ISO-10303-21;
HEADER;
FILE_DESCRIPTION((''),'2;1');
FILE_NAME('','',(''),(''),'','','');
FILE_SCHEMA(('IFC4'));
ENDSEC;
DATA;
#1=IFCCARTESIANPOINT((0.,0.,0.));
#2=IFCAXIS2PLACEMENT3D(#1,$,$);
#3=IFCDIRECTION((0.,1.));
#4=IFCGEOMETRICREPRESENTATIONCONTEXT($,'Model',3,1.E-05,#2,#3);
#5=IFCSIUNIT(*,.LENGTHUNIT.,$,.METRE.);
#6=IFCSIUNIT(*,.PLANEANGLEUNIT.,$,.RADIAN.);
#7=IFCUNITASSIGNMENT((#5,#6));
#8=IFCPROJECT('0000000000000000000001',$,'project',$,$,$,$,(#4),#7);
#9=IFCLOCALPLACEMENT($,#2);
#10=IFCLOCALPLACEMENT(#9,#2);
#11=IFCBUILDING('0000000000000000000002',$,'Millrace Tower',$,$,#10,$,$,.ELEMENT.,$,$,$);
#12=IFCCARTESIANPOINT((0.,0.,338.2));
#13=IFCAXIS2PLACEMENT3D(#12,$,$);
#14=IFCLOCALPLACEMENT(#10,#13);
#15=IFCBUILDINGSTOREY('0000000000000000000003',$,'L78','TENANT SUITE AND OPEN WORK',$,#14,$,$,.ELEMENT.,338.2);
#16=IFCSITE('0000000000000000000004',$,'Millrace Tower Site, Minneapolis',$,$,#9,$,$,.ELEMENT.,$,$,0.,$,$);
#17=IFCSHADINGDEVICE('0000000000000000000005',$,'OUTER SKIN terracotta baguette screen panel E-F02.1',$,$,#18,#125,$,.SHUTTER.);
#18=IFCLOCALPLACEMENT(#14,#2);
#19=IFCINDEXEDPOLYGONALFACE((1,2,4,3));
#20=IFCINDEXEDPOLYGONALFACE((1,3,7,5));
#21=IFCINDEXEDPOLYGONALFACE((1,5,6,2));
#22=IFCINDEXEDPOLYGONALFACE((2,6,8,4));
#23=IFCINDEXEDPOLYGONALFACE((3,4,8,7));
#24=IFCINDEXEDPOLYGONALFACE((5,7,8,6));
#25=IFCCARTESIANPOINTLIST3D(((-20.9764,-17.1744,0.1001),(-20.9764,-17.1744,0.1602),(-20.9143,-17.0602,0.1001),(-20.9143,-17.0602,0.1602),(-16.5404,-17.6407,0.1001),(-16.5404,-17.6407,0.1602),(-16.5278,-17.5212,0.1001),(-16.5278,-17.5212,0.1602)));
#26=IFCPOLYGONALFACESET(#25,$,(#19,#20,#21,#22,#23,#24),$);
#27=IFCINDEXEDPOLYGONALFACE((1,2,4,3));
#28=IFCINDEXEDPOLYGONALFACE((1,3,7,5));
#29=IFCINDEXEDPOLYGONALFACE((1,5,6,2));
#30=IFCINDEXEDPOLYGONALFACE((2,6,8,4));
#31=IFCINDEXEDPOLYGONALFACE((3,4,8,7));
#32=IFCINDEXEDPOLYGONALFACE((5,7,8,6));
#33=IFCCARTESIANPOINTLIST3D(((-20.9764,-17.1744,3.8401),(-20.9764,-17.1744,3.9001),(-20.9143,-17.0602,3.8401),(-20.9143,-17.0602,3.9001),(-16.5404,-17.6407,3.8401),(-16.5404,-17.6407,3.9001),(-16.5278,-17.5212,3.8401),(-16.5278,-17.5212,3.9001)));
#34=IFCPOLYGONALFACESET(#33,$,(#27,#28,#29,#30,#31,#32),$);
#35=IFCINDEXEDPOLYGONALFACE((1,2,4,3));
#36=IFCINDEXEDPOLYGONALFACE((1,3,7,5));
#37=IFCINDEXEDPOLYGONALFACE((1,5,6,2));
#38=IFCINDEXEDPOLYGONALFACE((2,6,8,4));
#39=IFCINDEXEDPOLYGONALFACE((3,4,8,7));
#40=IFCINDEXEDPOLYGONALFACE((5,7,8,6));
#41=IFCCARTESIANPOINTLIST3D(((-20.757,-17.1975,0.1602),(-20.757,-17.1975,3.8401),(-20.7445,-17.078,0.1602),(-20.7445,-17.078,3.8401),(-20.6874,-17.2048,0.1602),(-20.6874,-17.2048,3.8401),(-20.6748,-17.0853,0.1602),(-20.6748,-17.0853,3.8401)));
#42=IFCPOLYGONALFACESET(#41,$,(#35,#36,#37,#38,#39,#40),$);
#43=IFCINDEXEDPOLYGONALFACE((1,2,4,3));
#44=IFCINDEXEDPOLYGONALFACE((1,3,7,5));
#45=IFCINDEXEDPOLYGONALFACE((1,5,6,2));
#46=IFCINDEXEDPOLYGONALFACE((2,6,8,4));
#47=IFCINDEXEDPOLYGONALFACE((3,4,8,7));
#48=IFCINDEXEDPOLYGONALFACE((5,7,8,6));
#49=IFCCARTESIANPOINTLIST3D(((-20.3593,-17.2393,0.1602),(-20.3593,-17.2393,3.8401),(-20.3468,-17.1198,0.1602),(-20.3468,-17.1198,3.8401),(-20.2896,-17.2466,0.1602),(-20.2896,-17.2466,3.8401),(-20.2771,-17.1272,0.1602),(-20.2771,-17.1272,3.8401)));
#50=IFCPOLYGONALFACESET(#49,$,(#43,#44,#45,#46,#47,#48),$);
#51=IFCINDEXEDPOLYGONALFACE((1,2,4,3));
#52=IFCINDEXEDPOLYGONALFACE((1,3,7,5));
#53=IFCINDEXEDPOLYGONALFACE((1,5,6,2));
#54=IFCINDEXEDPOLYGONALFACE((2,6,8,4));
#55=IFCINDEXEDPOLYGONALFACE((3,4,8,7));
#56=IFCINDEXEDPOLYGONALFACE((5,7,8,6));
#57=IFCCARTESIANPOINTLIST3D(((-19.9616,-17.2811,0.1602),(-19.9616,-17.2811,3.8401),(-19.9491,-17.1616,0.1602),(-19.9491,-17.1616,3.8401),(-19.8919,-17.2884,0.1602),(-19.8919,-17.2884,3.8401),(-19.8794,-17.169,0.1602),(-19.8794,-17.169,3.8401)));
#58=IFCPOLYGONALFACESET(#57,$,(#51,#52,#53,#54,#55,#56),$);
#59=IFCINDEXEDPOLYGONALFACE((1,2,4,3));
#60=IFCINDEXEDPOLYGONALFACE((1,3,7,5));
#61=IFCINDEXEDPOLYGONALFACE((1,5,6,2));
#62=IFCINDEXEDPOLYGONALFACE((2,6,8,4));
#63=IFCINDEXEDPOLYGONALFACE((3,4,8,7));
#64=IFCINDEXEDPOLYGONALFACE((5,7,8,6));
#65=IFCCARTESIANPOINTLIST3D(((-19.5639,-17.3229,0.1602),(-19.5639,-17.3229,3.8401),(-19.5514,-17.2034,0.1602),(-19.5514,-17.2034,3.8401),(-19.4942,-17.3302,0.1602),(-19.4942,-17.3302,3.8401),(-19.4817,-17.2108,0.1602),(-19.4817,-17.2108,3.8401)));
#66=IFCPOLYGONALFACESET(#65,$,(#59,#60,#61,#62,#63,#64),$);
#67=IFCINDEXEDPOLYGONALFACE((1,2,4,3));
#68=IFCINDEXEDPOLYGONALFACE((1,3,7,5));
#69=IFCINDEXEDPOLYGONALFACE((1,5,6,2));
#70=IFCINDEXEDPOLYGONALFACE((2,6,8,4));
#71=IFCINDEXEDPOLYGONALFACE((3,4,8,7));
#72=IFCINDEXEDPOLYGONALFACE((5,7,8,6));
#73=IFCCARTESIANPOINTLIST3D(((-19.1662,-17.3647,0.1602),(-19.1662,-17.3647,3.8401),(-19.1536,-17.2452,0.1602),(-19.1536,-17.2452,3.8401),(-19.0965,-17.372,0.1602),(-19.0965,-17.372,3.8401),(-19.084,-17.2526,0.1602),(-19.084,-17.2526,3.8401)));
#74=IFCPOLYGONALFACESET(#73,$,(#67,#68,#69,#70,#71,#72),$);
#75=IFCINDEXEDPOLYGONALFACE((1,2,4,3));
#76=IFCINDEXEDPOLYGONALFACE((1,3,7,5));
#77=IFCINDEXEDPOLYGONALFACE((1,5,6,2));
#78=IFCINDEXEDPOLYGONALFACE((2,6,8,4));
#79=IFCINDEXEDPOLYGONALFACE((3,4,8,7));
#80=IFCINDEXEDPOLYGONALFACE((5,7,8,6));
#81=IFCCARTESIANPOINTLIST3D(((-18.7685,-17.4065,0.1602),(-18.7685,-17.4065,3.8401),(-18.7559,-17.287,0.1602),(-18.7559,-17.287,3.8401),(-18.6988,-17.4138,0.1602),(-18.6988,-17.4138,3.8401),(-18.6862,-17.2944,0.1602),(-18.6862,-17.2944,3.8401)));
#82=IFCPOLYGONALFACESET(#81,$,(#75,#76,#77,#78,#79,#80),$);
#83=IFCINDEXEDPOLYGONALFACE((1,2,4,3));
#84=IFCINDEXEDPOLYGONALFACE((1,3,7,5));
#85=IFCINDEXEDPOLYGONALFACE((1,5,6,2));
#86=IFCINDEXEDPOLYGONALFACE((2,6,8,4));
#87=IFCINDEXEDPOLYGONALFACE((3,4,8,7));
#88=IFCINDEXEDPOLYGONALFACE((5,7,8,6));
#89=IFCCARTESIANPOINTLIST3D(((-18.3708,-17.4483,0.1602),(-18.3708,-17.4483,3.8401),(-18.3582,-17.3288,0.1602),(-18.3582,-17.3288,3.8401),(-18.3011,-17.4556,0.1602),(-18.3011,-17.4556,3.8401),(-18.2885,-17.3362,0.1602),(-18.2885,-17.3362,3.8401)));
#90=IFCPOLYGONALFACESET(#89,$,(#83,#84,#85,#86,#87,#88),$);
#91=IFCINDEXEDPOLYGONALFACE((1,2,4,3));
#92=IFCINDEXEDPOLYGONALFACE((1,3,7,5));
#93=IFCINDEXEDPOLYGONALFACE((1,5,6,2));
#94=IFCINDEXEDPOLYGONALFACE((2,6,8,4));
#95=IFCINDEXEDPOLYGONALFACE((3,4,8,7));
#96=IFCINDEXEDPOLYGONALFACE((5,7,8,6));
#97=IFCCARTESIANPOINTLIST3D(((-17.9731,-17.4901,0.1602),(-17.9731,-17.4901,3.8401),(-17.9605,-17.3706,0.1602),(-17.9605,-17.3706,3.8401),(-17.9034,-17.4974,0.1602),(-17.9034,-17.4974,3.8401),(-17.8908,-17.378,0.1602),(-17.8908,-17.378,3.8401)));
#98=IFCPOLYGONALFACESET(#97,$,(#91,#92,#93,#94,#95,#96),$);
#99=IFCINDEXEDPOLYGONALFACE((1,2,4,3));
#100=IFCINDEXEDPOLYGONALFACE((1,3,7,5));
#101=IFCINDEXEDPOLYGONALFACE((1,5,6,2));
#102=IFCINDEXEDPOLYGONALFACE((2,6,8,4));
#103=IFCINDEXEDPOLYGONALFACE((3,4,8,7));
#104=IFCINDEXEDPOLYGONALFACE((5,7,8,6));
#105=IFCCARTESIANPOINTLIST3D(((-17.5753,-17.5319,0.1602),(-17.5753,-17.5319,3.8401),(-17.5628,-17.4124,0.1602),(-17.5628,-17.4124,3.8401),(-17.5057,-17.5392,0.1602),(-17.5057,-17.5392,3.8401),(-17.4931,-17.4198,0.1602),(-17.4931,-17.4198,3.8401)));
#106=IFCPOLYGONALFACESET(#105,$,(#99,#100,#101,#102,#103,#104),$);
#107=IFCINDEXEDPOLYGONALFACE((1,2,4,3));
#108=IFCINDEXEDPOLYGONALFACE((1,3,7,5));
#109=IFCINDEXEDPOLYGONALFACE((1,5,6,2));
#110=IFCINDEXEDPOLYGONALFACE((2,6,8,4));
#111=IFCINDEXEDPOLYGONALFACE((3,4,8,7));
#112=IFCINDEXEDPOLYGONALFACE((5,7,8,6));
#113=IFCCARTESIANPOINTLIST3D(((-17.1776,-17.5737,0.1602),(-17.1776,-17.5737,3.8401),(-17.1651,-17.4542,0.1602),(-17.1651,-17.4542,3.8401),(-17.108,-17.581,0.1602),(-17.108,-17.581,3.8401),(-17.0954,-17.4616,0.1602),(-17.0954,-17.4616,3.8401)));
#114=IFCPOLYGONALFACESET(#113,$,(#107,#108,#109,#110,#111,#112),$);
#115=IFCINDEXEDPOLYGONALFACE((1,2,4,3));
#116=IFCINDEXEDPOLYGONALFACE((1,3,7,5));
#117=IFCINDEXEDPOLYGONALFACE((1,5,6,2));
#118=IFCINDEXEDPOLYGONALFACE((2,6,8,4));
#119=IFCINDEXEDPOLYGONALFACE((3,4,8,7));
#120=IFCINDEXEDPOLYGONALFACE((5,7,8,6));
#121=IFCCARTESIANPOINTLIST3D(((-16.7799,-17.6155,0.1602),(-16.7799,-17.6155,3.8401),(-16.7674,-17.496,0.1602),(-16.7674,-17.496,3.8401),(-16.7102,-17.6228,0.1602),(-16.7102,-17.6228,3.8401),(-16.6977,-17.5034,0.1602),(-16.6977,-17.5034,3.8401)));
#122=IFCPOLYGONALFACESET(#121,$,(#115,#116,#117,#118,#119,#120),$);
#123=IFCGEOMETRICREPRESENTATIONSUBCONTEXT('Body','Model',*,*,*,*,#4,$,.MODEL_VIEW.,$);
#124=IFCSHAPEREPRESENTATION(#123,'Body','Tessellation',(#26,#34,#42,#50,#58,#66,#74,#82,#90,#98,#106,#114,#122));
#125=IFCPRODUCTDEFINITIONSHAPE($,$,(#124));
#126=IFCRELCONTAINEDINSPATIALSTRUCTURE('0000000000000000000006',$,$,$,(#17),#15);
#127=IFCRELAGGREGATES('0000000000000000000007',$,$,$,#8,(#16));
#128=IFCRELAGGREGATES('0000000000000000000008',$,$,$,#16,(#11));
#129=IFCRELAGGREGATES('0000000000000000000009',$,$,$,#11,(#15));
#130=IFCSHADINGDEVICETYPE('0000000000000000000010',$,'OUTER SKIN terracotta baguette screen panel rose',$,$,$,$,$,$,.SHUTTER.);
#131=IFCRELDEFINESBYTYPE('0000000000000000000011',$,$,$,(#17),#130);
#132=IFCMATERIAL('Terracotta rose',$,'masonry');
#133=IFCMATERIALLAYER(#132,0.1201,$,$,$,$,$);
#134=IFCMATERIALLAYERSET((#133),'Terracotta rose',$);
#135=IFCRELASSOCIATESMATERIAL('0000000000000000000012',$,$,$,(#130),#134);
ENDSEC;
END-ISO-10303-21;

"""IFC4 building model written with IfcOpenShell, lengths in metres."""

from ifc_helpers import new_model, entity, si_unit, direction, frame, frame_2d, origin, place, context, subcontext, project, spatial, rectangle, extrude, source, transform, mapped, material, layer, layer_set, type_object, element, save


model = new_model("IFC4")

# Units and contexts
model_context = context("Model", 3, precision=1e-05, world=origin(), true_north=direction((0.0, 1.0)))
body_context = subcontext(model_context, "Body", "Model", "MODEL_VIEW")
ifc_project = project(units=[si_unit("LENGTHUNIT", "METRE"), si_unit("PLANEANGLEUNIT", "RADIAN")], contexts=[model_context])

# Site, building, storey
site_placement = place(None, origin())
site = spatial("IfcSite", under=ifc_project, at=site_placement, Name="Millrace Tower Site, Minneapolis", CompositionType="ELEMENT", RefElevation=0.0)
building_placement = place(site_placement, origin())
building = spatial("IfcBuilding", under=site, at=building_placement, Name="Millrace Tower", CompositionType="ELEMENT")
storey_placement = place(building_placement, frame((0.0, 0.0, 338.2)))
storey = spatial("IfcBuildingStorey", under=building, at=storey_placement, Name="L78", Description="TENANT SUITE AND OPEN WORK", CompositionType="ELEMENT", Elevation=338.2)

# Shading device
ifc_material_1 = material(Name="Terracotta rose", Category="masonry")
ifc_layer_1 = layer(ifc_material_1, 0.1201)
ifc_layer_set_1 = layer_set([ifc_layer_1], Name="Terracotta rose")
shading_device_type = type_object("IfcShadingDeviceType", Name="OUTER SKIN terracotta baguette screen panel rose", PredefinedType="SHUTTER", material=ifc_layer_set_1)
cartesian_point_1 = entity("IfcCartesianPoint", [-2.1929, 0.0601])
shared_polyline_1 = entity("IfcPolyline", [cartesian_point_1, entity("IfcCartesianPoint", [2.2178, 0.0601]), entity("IfcCartesianPoint", [2.2178, -0.0601]), entity("IfcCartesianPoint", [-2.2427, -0.0601]), cartesian_point_1])
shared_shape_1 = source(origin(), body_context, "Body", "SweptSolid", [
    entity("IfcExtrudedAreaSolid", entity("IfcArbitraryClosedProfileDef", "AREA", None, shared_polyline_1), entity("IfcAxis2Placement3D", entity("IfcCartesianPoint", [0.0, 0.0, 0.0])), entity("IfcDirection", [0.0, 0.0, 1.0]), 0.0601),
    entity("IfcExtrudedAreaSolid", entity("IfcArbitraryClosedProfileDef", "AREA", None, shared_polyline_1), entity("IfcAxis2Placement3D", entity("IfcCartesianPoint", [0.0, 0.0, 3.74])), entity("IfcDirection", [0.0, 0.0, 1.0]), 0.0601),
    extrude(rectangle(XDim=0.0701, YDim=0.1201, at=frame_2d((-1.9871, 0.0))), frame((0.0, 0.0, 0.0601)), (0.0, 0.0, 1.0), 3.6799),
    extrude(rectangle(XDim=0.0701, YDim=0.1201, at=frame_2d((-1.5872, 0.0))), frame((0.0, 0.0, 0.0601)), (0.0, 0.0, 1.0), 3.6799),
    extrude(rectangle(XDim=0.0701, YDim=0.1201, at=frame_2d((-1.1873, 0.0))), frame((0.0, 0.0, 0.0601)), (0.0, 0.0, 1.0), 3.6799),
    extrude(rectangle(XDim=0.0701, YDim=0.1201, at=frame_2d((-0.7874, 0.0))), frame((0.0, 0.0, 0.0601)), (0.0, 0.0, 1.0), 3.6799),
    extrude(rectangle(XDim=0.0701, YDim=0.1201, at=frame_2d((-0.3875, 0.0))), frame((0.0, 0.0, 0.0601)), (0.0, 0.0, 1.0), 3.6799),
    extrude(rectangle(XDim=0.0701, YDim=0.1201, at=frame_2d((0.0125, 0.0))), frame((0.0, 0.0, 0.0601)), (0.0, 0.0, 1.0), 3.6799),
    extrude(rectangle(XDim=0.0701, YDim=0.1201, at=frame_2d((0.4124, 0.0))), frame((0.0, 0.0, 0.0601)), (0.0, 0.0, 1.0), 3.6799),
    extrude(rectangle(XDim=0.0701, YDim=0.1201, at=frame_2d((0.8123, 0.0))), frame((0.0, 0.0, 0.0601)), (0.0, 0.0, 1.0), 3.6799),
    extrude(rectangle(XDim=0.0701, YDim=0.1201, at=frame_2d((1.2122, 0.0))), frame((0.0, 0.0, 0.0601)), (0.0, 0.0, 1.0), 3.6799),
    extrude(rectangle(XDim=0.0701, YDim=0.1201, at=frame_2d((1.6121, 0.0))), frame((0.0, 0.0, 0.0601)), (0.0, 0.0, 1.0), 3.6799),
    extrude(rectangle(XDim=0.0701, YDim=0.1201, at=frame_2d((2.012, 0.0))), frame((0.0, 0.0, 0.0601)), (0.0, 0.0, 1.0), 3.6799),
])
shading_device_1_placement = place(storey_placement, frame((-18.7397, -17.3491, 0.1001), z_axis=(0.0, 0.0, 1.0), x_axis=(0.994522, -0.104528, 0.0)))
element("IfcShadingDevice", 1, at=shading_device_1_placement, inside=storey, type_object=shading_device_type, Name="OUTER SKIN terracotta baguette screen panel E-F02.1", PredefinedType="SHUTTER", context=body_context, shape_type="MappedRepresentation", body=[
    mapped(shared_shape_1, transform((0.0, 0.0, 0.0), scale=1.0)),
])

save(model, "model.ifc")
